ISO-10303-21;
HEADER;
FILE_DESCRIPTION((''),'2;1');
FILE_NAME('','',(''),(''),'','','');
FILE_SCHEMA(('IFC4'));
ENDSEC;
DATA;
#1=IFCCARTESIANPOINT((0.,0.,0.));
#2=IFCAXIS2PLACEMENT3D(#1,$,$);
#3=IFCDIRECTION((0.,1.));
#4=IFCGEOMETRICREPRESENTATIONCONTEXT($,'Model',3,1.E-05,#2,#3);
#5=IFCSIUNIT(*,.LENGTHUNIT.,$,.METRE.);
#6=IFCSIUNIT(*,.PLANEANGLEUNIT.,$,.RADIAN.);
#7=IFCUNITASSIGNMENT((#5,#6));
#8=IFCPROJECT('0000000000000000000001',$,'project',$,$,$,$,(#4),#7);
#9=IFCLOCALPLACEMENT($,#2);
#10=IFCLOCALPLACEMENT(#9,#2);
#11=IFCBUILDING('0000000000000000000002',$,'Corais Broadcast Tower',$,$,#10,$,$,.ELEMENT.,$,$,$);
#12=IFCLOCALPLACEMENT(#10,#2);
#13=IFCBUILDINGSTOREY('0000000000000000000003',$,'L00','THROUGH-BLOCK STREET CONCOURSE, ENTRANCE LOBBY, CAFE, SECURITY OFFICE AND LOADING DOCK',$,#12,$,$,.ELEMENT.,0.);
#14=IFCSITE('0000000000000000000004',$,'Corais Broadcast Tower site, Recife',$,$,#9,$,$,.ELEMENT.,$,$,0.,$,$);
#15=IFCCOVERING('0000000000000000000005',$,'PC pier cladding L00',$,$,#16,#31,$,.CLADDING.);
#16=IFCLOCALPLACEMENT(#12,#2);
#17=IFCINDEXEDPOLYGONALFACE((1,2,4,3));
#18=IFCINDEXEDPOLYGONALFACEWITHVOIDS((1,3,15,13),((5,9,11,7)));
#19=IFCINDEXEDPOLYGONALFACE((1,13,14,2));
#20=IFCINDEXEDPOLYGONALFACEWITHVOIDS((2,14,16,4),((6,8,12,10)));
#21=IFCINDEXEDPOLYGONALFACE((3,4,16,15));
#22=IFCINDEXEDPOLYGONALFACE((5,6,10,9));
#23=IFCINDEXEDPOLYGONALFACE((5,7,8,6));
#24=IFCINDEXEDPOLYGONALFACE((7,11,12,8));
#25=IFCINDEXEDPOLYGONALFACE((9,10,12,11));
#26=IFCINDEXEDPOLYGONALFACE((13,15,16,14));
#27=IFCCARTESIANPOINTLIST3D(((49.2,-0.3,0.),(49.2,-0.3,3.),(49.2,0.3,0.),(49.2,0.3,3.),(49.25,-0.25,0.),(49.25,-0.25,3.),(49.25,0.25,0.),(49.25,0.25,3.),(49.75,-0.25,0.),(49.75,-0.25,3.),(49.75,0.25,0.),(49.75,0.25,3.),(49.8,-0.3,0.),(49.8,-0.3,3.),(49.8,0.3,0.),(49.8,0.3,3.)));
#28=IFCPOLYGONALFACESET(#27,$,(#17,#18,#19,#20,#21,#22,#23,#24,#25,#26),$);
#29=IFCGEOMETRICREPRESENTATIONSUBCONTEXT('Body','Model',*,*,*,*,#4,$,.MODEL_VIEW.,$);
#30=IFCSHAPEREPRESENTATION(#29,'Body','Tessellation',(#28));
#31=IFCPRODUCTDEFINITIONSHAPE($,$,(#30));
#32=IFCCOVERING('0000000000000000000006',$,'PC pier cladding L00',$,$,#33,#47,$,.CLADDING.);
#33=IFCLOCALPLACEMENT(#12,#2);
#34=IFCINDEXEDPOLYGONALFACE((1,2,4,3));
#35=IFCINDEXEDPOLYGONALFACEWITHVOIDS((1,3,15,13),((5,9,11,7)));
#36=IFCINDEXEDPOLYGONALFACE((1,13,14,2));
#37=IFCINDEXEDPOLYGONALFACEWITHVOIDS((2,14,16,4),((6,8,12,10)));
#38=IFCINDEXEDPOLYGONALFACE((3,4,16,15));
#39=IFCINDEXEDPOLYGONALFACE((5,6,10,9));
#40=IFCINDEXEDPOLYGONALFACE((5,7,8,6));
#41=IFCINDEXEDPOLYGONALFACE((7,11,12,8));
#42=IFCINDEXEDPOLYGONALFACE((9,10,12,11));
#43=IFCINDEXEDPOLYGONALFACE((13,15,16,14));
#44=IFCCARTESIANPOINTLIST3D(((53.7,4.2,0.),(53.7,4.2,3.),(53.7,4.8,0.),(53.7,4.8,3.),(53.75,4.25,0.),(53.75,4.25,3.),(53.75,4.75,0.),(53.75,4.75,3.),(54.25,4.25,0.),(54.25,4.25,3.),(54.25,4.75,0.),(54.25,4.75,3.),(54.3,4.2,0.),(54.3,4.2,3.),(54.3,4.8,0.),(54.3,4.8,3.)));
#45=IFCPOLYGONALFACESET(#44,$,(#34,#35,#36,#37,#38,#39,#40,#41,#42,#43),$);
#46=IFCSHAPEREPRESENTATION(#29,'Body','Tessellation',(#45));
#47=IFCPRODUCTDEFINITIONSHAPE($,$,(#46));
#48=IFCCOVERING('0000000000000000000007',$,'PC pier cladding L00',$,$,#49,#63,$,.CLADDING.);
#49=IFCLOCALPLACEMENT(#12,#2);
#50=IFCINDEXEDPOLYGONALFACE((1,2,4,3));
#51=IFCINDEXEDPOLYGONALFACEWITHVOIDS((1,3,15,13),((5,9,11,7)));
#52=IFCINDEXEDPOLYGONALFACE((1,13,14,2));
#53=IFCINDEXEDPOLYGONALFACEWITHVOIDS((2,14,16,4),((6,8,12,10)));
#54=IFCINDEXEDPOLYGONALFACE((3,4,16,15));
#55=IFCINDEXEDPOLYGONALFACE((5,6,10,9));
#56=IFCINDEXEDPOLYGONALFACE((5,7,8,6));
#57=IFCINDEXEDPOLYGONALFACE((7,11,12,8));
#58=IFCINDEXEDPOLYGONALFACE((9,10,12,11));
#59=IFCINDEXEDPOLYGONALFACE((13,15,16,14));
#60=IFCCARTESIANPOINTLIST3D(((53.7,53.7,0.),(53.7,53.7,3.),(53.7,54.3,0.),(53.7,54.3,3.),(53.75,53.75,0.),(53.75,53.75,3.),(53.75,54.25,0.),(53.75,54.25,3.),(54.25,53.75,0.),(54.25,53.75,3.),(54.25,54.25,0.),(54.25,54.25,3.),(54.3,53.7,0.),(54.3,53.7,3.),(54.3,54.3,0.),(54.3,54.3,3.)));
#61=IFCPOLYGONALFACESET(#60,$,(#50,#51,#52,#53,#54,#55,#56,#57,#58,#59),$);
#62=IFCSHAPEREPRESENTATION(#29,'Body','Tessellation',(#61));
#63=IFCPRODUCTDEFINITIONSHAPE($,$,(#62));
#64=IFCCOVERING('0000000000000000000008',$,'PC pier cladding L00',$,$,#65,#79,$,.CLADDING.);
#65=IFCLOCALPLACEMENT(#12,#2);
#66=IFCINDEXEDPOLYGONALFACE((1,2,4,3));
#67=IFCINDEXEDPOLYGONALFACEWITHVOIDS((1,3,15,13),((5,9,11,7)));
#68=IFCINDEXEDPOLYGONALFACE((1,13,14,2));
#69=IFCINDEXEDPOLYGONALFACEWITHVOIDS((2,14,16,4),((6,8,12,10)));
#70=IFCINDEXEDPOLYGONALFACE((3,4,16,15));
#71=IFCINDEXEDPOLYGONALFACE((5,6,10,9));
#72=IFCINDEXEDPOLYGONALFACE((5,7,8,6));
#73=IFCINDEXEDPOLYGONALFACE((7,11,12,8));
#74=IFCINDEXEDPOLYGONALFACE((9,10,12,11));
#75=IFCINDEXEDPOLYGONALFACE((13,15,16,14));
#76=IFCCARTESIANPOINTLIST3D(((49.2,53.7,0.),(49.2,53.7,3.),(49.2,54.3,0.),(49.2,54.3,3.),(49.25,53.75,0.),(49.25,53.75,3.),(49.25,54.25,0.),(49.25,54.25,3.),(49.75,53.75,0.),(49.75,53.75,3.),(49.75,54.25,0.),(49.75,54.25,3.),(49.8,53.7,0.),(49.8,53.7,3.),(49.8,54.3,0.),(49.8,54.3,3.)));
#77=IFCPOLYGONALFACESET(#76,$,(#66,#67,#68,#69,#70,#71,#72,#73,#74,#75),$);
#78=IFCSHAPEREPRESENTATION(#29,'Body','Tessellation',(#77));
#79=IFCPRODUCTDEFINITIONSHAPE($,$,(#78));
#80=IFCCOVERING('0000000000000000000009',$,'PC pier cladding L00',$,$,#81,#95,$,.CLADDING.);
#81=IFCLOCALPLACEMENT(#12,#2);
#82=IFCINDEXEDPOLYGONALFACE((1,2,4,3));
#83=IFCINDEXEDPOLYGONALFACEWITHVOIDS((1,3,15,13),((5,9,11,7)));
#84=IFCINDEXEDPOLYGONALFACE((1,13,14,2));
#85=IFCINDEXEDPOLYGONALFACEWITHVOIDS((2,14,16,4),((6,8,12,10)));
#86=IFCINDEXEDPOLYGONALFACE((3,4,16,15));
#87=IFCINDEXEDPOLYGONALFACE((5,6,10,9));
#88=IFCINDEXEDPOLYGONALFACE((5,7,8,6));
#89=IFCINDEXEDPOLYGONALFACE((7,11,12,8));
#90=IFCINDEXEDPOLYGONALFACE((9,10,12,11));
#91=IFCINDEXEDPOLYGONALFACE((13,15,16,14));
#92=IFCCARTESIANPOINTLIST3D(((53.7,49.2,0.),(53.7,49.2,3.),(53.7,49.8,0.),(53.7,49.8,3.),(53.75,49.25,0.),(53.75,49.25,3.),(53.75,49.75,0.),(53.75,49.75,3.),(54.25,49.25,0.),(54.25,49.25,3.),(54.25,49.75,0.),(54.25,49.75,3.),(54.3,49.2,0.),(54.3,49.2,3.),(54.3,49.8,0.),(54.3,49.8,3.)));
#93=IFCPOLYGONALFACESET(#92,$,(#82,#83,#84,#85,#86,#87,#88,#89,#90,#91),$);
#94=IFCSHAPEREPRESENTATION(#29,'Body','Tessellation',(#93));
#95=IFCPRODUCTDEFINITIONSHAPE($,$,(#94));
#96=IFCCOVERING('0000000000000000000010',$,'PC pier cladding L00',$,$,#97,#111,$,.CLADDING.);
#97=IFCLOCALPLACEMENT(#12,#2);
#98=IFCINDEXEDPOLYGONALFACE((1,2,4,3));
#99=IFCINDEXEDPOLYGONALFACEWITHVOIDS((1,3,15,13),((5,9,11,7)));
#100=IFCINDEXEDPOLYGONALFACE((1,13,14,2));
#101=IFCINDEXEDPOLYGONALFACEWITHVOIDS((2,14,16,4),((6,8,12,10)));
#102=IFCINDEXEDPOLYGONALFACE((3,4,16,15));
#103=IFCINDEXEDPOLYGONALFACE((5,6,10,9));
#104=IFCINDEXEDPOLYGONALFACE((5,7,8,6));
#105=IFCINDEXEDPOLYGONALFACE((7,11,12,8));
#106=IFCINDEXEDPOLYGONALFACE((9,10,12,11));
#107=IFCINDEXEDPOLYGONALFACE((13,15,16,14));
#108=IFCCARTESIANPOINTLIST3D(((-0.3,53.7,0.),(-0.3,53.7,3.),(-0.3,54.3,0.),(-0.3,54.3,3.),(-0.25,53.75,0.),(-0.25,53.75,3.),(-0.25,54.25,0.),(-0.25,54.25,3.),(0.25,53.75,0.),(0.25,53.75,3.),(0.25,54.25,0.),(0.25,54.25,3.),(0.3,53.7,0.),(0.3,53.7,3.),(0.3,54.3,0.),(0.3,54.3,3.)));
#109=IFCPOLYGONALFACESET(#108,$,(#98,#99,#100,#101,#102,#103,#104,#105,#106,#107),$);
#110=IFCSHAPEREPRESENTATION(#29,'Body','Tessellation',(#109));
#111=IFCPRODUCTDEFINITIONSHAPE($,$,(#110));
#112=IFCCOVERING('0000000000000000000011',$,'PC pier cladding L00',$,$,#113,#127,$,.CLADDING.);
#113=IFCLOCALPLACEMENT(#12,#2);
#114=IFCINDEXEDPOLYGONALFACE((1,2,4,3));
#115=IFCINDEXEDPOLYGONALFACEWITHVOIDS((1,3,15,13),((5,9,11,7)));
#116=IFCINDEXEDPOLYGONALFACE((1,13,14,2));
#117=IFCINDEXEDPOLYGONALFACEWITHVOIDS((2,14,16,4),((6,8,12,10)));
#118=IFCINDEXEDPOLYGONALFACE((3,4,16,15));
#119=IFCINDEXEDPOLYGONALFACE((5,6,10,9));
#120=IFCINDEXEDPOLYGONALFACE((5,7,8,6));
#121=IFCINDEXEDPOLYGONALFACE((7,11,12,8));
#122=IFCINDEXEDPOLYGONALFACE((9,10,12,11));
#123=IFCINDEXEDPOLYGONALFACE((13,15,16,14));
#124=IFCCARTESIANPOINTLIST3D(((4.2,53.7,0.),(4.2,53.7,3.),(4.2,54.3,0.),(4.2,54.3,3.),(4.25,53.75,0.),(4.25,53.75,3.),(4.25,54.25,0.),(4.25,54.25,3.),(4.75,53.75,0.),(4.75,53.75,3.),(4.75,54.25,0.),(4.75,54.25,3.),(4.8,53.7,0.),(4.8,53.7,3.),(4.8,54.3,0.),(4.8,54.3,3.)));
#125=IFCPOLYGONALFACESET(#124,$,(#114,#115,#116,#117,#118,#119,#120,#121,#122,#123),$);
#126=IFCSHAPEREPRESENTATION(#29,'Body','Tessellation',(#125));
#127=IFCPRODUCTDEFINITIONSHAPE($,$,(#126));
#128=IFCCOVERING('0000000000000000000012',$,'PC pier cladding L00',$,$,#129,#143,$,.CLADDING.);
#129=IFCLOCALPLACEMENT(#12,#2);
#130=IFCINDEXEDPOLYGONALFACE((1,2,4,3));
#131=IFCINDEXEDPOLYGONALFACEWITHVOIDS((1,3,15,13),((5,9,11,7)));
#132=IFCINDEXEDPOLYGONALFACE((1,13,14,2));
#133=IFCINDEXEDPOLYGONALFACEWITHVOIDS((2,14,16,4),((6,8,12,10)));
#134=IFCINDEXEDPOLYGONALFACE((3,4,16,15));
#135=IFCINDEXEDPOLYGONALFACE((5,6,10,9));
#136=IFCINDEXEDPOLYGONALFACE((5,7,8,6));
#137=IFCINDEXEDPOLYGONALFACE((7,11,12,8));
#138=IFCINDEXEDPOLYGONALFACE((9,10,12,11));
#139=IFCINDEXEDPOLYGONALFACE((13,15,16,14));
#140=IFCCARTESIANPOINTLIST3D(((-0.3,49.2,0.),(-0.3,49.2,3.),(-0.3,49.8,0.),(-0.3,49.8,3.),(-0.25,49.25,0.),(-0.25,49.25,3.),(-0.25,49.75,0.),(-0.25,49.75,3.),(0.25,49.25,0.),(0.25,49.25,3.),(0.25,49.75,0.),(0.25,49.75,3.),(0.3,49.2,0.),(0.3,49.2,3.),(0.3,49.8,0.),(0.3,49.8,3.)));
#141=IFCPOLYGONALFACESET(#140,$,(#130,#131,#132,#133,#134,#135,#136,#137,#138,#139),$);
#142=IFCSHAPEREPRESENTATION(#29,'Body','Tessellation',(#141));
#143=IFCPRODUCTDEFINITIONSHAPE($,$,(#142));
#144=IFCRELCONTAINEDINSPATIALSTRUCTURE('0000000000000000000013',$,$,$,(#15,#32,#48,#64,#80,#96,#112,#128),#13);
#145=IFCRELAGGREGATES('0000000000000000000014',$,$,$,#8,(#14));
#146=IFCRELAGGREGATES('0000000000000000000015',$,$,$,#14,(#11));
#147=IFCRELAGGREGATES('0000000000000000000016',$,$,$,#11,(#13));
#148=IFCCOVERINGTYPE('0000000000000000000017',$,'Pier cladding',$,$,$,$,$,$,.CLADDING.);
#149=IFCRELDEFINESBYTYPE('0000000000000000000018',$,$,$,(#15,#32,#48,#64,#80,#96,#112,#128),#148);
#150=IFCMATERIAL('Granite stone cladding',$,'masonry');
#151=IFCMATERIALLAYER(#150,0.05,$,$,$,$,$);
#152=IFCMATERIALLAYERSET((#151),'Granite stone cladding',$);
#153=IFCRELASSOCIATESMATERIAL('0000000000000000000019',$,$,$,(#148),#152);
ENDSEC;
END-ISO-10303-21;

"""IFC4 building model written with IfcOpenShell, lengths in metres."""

from ifc_helpers import new_model, si_unit, direction, origin, place, context, subcontext, project, spatial, polyline, outline, extrude, material, layer, layer_set, type_object, element, save


model = new_model("IFC4")

# Units and contexts
model_context = context("Model", 3, precision=1e-05, world=origin(), true_north=direction((0.0, 1.0)))
body_context = subcontext(model_context, "Body", "Model", "MODEL_VIEW")
ifc_project = project(units=[si_unit("LENGTHUNIT", "METRE"), si_unit("PLANEANGLEUNIT", "RADIAN")], contexts=[model_context])

# Site, building, storey
site_placement = place(None, origin())
site = spatial("IfcSite", under=ifc_project, at=site_placement, Name="Corais Broadcast Tower site, Recife", CompositionType="ELEMENT", RefElevation=0.0)
building_placement = place(site_placement, origin())
building = spatial("IfcBuilding", under=site, at=building_placement, Name="Corais Broadcast Tower", CompositionType="ELEMENT")
storey_placement = place(building_placement, origin())
storey = spatial("IfcBuildingStorey", under=building, at=storey_placement, Name="L00", Description="THROUGH-BLOCK STREET CONCOURSE, ENTRANCE LOBBY, CAFE, SECURITY OFFICE AND LOADING DOCK", CompositionType="ELEMENT", Elevation=0.0)

# Coverings
ifc_material_1 = material(Name="Granite stone cladding", Category="masonry")
ifc_layer = layer(ifc_material_1, 0.05)
ifc_layer_set = layer_set([ifc_layer], Name="Granite stone cladding")
covering_type = type_object("IfcCoveringType", Name="Pier cladding", PredefinedType="CLADDING", material=ifc_layer_set)
covering_1_placement = place(storey_placement, origin())
element("IfcCovering", 1, at=covering_1_placement, inside=storey, type_object=covering_type, Name="PC pier cladding L00", PredefinedType="CLADDING", context=body_context, shape_type="SweptSolid", body=[
    extrude(outline(polyline([(49.2, -0.3), (49.8, -0.3), (49.8, 0.3), (49.2, 0.3), (49.2, -0.3)]), holes=[polyline([(49.25, -0.25), (49.75, -0.25), (49.75, 0.25), (49.25, 0.25), (49.25, -0.25)])]), origin(), (0.0, 0.0, 1.0), 3.0),
])
covering_2_placement = place(storey_placement, origin())
element("IfcCovering", 2, at=covering_2_placement, inside=storey, type_object=covering_type, Name="PC pier cladding L00", PredefinedType="CLADDING", context=body_context, shape_type="SweptSolid", body=[
    extrude(outline(polyline([(53.7, 4.2), (54.3, 4.2), (54.3, 4.8), (53.7, 4.8), (53.7, 4.2)]), holes=[polyline([(53.75, 4.25), (54.25, 4.25), (54.25, 4.75), (53.75, 4.75), (53.75, 4.25)])]), origin(), (0.0, 0.0, 1.0), 3.0),
])
covering_3_placement = place(storey_placement, origin())
element("IfcCovering", 3, at=covering_3_placement, inside=storey, type_object=covering_type, Name="PC pier cladding L00", PredefinedType="CLADDING", context=body_context, shape_type="SweptSolid", body=[
    extrude(outline(polyline([(53.7, 53.7), (54.3, 53.7), (54.3, 54.3), (53.7, 54.3), (53.7, 53.7)]), holes=[polyline([(53.75, 53.75), (54.25, 53.75), (54.25, 54.25), (53.75, 54.25), (53.75, 53.75)])]), origin(), (0.0, 0.0, 1.0), 3.0),
])
covering_4_placement = place(storey_placement, origin())
element("IfcCovering", 4, at=covering_4_placement, inside=storey, type_object=covering_type, Name="PC pier cladding L00", PredefinedType="CLADDING", context=body_context, shape_type="SweptSolid", body=[
    extrude(outline(polyline([(49.2, 53.7), (49.8, 53.7), (49.8, 54.3), (49.2, 54.3), (49.2, 53.7)]), holes=[polyline([(49.25, 53.75), (49.75, 53.75), (49.75, 54.25), (49.25, 54.25), (49.25, 53.75)])]), origin(), (0.0, 0.0, 1.0), 3.0),
])
covering_5_placement = place(storey_placement, origin())
element("IfcCovering", 5, at=covering_5_placement, inside=storey, type_object=covering_type, Name="PC pier cladding L00", PredefinedType="CLADDING", context=body_context, shape_type="SweptSolid", body=[
    extrude(outline(polyline([(53.7, 49.2), (54.3, 49.2), (54.3, 49.8), (53.7, 49.8), (53.7, 49.2)]), holes=[polyline([(53.75, 49.25), (54.25, 49.25), (54.25, 49.75), (53.75, 49.75), (53.75, 49.25)])]), origin(), (0.0, 0.0, 1.0), 3.0),
])
covering_6_placement = place(storey_placement, origin())
element("IfcCovering", 6, at=covering_6_placement, inside=storey, type_object=covering_type, Name="PC pier cladding L00", PredefinedType="CLADDING", context=body_context, shape_type="SweptSolid", body=[
    extrude(outline(polyline([(-0.3, 53.7), (0.3, 53.7), (0.3, 54.3), (-0.3, 54.3), (-0.3, 53.7)]), holes=[polyline([(-0.25, 53.75), (0.25, 53.75), (0.25, 54.25), (-0.25, 54.25), (-0.25, 53.75)])]), origin(), (0.0, 0.0, 1.0), 3.0),
])
covering_7_placement = place(storey_placement, origin())
element("IfcCovering", 7, at=covering_7_placement, inside=storey, type_object=covering_type, Name="PC pier cladding L00", PredefinedType="CLADDING", context=body_context, shape_type="SweptSolid", body=[
    extrude(outline(polyline([(4.2, 53.7), (4.8, 53.7), (4.8, 54.3), (4.2, 54.3), (4.2, 53.7)]), holes=[polyline([(4.25, 53.75), (4.75, 53.75), (4.75, 54.25), (4.25, 54.25), (4.25, 53.75)])]), origin(), (0.0, 0.0, 1.0), 3.0),
])
covering_8_placement = place(storey_placement, origin())
element("IfcCovering", 8, at=covering_8_placement, inside=storey, type_object=covering_type, Name="PC pier cladding L00", PredefinedType="CLADDING", context=body_context, shape_type="SweptSolid", body=[
    extrude(outline(polyline([(-0.3, 49.2), (0.3, 49.2), (0.3, 49.8), (-0.3, 49.8), (-0.3, 49.2)]), holes=[polyline([(-0.25, 49.25), (0.25, 49.25), (0.25, 49.75), (-0.25, 49.75), (-0.25, 49.25)])]), origin(), (0.0, 0.0, 1.0), 3.0),
])

save(model, "model.ifc")
